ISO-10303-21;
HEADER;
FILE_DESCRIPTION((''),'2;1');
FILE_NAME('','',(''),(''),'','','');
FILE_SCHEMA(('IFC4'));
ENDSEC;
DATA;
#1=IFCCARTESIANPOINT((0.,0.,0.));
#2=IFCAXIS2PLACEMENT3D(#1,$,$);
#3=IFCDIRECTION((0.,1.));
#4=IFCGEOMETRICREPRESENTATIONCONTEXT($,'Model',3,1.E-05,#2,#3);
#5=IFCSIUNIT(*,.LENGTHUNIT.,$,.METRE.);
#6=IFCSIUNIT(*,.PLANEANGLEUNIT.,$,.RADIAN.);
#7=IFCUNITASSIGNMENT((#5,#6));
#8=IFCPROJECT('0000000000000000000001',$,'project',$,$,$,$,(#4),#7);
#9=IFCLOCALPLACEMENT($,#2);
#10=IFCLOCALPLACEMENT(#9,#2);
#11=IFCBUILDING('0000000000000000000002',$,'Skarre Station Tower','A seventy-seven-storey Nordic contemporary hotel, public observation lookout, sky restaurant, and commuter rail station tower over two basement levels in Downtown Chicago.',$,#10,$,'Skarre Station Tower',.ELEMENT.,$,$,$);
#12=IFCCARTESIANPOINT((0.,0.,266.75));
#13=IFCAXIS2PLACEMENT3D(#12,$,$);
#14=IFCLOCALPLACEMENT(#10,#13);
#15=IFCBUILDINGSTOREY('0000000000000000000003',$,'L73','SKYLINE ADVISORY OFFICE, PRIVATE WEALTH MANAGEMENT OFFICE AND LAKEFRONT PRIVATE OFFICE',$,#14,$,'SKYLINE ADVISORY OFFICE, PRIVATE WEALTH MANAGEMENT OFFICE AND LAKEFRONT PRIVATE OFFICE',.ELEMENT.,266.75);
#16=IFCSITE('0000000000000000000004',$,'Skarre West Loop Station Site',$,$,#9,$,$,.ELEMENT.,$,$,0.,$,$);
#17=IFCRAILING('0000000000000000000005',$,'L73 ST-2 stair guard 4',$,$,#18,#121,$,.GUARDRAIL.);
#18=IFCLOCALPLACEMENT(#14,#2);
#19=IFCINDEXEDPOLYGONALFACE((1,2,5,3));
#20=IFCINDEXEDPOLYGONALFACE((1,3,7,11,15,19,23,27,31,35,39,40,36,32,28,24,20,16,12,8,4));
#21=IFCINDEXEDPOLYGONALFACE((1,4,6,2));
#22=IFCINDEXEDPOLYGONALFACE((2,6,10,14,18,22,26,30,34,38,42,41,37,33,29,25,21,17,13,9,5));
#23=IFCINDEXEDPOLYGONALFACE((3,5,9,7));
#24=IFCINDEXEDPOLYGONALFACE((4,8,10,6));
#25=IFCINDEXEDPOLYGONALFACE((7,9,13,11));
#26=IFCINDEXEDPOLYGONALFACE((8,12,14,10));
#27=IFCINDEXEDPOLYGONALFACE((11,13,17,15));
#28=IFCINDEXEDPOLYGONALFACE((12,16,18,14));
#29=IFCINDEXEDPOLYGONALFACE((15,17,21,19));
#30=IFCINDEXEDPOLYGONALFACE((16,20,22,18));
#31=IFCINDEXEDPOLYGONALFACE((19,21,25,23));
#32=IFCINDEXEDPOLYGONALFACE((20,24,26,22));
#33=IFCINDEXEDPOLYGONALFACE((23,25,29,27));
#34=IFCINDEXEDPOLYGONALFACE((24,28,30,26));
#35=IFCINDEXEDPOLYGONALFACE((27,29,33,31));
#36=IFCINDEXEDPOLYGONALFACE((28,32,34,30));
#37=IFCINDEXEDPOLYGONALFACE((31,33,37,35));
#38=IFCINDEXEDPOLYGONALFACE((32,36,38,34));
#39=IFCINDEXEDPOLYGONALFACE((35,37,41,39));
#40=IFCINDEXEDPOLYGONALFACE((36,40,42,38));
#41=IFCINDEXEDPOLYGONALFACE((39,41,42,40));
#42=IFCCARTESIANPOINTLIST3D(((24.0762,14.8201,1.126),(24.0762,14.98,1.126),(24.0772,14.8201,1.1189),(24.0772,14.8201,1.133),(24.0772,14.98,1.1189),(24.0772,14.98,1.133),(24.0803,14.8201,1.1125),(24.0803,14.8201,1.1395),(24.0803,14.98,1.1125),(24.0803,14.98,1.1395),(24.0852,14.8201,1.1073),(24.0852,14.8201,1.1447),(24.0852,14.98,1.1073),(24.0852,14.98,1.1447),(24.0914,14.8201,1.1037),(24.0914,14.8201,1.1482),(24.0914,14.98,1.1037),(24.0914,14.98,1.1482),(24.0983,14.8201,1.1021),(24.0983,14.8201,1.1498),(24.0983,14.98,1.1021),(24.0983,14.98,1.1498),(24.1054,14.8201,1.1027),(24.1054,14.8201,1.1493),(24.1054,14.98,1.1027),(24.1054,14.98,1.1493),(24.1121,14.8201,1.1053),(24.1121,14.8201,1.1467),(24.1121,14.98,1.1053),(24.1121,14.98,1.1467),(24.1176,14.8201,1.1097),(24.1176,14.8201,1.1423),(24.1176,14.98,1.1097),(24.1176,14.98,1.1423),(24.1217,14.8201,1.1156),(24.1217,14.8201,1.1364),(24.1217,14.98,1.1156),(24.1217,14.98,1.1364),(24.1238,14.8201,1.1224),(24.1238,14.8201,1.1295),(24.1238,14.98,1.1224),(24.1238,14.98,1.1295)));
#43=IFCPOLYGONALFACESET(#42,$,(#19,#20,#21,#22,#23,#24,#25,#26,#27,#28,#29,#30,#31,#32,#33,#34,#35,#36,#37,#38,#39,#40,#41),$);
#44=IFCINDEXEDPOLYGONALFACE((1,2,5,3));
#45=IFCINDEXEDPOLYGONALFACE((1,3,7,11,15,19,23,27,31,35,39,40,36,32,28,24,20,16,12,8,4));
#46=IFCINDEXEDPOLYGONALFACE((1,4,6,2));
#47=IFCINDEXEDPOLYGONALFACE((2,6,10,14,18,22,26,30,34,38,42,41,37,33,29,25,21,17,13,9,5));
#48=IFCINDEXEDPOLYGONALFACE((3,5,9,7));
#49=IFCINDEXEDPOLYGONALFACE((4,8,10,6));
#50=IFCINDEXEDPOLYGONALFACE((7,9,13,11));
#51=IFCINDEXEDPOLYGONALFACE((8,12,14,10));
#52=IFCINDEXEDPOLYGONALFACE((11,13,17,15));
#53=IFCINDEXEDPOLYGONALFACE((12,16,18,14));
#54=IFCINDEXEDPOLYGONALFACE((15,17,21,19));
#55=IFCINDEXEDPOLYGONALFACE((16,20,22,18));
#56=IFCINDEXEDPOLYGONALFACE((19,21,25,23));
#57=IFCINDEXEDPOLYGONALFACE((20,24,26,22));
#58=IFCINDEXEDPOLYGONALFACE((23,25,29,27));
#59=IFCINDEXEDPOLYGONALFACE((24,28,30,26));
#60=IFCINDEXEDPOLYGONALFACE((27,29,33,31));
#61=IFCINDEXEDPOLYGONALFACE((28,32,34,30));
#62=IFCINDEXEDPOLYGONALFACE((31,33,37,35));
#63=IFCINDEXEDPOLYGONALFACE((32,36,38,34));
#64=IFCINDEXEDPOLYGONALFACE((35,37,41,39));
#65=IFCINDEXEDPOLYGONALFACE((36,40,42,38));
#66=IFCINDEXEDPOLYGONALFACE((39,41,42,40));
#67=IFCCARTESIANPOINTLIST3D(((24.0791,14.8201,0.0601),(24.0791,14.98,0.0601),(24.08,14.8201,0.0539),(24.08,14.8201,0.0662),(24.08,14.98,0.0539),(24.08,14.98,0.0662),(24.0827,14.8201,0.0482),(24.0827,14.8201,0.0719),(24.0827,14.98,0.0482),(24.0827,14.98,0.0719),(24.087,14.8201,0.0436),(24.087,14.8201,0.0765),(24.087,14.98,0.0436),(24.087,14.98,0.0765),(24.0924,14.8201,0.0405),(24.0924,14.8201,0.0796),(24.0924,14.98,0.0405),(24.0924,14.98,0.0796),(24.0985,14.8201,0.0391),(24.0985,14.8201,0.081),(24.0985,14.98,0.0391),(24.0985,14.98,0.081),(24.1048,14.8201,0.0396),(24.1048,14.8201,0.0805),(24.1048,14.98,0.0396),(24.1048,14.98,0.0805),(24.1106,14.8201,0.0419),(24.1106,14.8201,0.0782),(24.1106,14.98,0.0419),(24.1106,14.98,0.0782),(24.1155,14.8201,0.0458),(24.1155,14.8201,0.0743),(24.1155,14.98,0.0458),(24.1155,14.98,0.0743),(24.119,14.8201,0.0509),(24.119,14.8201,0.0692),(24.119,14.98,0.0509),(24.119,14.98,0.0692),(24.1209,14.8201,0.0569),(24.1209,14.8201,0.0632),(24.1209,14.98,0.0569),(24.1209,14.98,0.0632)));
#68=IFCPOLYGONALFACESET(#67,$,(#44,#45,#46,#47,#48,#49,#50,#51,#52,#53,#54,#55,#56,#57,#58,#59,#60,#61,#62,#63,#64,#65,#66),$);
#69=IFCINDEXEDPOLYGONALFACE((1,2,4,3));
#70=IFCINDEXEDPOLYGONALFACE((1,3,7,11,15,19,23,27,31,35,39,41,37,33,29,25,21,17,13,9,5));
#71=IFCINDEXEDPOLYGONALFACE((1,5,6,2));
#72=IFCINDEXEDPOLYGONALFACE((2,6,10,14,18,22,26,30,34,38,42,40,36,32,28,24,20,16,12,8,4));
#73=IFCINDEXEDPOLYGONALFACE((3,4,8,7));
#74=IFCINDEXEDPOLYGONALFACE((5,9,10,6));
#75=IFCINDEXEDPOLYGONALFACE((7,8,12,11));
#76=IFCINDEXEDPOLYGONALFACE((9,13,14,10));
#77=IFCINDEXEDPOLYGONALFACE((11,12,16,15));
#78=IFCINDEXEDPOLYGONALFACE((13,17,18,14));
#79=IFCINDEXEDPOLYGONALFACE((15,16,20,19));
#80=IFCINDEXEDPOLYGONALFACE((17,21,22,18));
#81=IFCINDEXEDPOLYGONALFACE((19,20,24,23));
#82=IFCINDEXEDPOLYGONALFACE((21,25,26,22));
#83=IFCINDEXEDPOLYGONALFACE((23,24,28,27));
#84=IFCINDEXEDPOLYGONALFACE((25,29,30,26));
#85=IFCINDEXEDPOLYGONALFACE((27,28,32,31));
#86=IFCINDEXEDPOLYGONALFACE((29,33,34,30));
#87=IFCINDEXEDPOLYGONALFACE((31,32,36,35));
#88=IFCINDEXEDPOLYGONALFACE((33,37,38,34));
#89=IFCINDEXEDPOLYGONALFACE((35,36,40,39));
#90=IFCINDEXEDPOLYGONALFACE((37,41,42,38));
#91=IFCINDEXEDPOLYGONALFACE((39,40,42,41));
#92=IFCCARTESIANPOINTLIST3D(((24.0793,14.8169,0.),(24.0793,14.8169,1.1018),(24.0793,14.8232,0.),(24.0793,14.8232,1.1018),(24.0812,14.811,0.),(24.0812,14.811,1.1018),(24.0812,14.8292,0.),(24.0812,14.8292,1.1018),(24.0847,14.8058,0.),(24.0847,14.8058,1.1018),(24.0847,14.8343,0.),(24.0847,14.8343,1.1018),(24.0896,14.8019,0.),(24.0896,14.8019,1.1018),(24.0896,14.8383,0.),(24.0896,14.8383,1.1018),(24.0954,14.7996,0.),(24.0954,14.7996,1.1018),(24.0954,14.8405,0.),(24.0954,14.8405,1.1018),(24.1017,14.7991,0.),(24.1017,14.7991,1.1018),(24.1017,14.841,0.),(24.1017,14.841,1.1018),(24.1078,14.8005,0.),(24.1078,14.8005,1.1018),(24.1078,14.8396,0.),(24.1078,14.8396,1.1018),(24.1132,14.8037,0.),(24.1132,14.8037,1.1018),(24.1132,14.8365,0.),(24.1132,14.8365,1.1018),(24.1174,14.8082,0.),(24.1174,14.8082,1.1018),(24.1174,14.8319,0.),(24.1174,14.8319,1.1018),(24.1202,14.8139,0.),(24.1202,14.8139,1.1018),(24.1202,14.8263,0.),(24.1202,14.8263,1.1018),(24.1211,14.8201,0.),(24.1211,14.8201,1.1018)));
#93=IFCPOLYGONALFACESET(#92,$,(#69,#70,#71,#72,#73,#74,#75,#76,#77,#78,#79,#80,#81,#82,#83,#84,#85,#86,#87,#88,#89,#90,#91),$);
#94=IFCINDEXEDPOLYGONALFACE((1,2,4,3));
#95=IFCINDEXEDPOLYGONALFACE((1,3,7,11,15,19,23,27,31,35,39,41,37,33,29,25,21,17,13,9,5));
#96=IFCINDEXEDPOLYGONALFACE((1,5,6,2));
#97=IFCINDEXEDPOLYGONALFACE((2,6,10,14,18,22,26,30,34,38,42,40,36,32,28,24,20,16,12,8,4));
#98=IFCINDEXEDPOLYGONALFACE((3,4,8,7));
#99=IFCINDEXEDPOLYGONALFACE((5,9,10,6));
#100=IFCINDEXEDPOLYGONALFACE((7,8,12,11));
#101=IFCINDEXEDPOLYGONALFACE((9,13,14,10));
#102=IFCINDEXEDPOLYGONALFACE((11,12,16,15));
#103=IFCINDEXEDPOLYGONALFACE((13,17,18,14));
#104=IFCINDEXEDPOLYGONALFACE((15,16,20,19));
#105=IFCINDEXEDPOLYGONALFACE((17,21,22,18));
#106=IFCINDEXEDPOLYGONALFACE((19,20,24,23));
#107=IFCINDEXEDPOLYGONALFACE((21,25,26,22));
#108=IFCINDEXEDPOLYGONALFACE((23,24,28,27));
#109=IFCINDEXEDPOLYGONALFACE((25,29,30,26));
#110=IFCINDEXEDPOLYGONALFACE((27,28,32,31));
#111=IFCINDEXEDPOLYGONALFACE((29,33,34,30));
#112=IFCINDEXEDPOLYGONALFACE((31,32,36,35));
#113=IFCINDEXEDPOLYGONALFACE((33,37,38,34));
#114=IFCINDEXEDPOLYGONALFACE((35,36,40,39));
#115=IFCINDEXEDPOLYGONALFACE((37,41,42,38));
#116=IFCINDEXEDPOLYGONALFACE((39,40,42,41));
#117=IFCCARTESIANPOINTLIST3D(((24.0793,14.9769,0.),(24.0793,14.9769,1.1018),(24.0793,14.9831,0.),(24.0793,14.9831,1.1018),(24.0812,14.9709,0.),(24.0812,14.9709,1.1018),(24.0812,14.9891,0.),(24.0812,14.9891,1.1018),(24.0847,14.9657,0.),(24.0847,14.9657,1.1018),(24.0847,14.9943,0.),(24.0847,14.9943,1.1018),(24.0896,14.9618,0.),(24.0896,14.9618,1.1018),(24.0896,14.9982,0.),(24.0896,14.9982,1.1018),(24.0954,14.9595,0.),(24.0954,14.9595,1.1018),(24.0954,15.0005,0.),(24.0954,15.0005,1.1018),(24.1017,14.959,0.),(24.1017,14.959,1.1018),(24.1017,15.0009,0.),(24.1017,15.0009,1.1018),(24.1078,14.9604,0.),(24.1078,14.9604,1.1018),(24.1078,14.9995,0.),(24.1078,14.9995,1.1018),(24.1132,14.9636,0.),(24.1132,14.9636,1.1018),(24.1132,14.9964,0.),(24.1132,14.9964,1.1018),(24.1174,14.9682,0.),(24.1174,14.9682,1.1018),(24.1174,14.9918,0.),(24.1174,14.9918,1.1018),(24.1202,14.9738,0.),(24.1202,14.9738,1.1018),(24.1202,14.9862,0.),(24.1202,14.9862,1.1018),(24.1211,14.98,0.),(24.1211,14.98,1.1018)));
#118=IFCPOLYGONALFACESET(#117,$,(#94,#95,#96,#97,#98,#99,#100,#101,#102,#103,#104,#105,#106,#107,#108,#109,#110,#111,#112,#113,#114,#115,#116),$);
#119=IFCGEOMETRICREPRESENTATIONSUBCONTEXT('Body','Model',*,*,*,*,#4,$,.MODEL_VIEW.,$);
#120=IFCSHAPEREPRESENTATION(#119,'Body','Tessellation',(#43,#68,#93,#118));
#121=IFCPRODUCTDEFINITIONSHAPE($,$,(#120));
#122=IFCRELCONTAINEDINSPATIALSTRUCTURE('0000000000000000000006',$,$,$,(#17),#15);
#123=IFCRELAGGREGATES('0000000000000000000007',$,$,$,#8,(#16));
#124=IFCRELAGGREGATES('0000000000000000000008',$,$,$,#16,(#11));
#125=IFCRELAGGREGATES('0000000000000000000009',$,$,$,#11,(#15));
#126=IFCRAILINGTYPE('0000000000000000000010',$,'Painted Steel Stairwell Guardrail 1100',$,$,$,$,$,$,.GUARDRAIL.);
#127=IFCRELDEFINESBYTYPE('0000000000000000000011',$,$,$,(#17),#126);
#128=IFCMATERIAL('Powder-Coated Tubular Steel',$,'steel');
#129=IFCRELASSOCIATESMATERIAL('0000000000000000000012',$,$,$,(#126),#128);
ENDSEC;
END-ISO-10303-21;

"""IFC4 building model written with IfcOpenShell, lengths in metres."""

from ifc_helpers import new_model, si_unit, direction, frame, origin, origin_2d, place, context, subcontext, project, spatial, circle, extrude, material, type_object, element, save


model = new_model("IFC4")

# Units and contexts
model_context = context("Model", 3, precision=1e-05, world=origin(), true_north=direction((0.0, 1.0)))
body_context = subcontext(model_context, "Body", "Model", "MODEL_VIEW")
ifc_project = project(units=[si_unit("LENGTHUNIT", "METRE"), si_unit("PLANEANGLEUNIT", "RADIAN")], contexts=[model_context])

# Site, building, storey
site_placement = place(None, origin())
site = spatial("IfcSite", under=ifc_project, at=site_placement, Name="Skarre West Loop Station Site", CompositionType="ELEMENT", RefElevation=0.0)
building_placement = place(site_placement, origin())
building = spatial("IfcBuilding", under=site, at=building_placement, Name="Skarre Station Tower", Description="A seventy-seven-storey Nordic contemporary hotel, public observation lookout, sky restaurant, and commuter rail station tower over two basement levels in Downtown Chicago.", LongName="Skarre Station Tower", CompositionType="ELEMENT")
storey_placement = place(building_placement, frame((0.0, 0.0, 266.75)))
storey = spatial("IfcBuildingStorey", under=building, at=storey_placement, Name="L73", Description="SKYLINE ADVISORY OFFICE, PRIVATE WEALTH MANAGEMENT OFFICE AND LAKEFRONT PRIVATE OFFICE", LongName="SKYLINE ADVISORY OFFICE, PRIVATE WEALTH MANAGEMENT OFFICE AND LAKEFRONT PRIVATE OFFICE", CompositionType="ELEMENT", Elevation=266.75)

# Railing
ifc_material_1 = material(Name="Powder-Coated Tubular Steel", Category="steel")
railing_type_1 = type_object("IfcRailingType", Name="Painted Steel Stairwell Guardrail 1100", PredefinedType="GUARDRAIL", material=ifc_material_1)
railing_1_placement = place(storey_placement, frame((24.1001, 14.8201, 0.0)))
element("IfcRailing", 1, at=railing_1_placement, inside=storey, type_object=railing_type_1, Name="L73 ST-2 stair guard 4", PredefinedType="GUARDRAIL", context=body_context, shape_type="SweptSolid", body=[
    extrude(circle(Radius=0.0239, at=origin_2d()), frame((0.0, 0.0, 1.126), z_axis=(0.0, 1.0, 0.0), x_axis=(-1.0, 0.0, 0.0)), (0.0, 0.0, 1.0), 0.1599),
    extrude(circle(Radius=0.021, at=origin_2d()), frame((0.0, 0.0, 0.0601), z_axis=(0.0, 1.0, 0.0), x_axis=(-1.0, 0.0, 0.0)), (0.0, 0.0, 1.0), 0.1599),
    extrude(circle(Radius=0.021, at=origin_2d()), origin(), (0.0, 0.0, 1.0), 1.1018),
    extrude(circle(Radius=0.021, at=origin_2d()), frame((0.0, 0.1599, 0.0)), (0.0, 0.0, 1.0), 1.1018),
])

save(model, "model.ifc")
